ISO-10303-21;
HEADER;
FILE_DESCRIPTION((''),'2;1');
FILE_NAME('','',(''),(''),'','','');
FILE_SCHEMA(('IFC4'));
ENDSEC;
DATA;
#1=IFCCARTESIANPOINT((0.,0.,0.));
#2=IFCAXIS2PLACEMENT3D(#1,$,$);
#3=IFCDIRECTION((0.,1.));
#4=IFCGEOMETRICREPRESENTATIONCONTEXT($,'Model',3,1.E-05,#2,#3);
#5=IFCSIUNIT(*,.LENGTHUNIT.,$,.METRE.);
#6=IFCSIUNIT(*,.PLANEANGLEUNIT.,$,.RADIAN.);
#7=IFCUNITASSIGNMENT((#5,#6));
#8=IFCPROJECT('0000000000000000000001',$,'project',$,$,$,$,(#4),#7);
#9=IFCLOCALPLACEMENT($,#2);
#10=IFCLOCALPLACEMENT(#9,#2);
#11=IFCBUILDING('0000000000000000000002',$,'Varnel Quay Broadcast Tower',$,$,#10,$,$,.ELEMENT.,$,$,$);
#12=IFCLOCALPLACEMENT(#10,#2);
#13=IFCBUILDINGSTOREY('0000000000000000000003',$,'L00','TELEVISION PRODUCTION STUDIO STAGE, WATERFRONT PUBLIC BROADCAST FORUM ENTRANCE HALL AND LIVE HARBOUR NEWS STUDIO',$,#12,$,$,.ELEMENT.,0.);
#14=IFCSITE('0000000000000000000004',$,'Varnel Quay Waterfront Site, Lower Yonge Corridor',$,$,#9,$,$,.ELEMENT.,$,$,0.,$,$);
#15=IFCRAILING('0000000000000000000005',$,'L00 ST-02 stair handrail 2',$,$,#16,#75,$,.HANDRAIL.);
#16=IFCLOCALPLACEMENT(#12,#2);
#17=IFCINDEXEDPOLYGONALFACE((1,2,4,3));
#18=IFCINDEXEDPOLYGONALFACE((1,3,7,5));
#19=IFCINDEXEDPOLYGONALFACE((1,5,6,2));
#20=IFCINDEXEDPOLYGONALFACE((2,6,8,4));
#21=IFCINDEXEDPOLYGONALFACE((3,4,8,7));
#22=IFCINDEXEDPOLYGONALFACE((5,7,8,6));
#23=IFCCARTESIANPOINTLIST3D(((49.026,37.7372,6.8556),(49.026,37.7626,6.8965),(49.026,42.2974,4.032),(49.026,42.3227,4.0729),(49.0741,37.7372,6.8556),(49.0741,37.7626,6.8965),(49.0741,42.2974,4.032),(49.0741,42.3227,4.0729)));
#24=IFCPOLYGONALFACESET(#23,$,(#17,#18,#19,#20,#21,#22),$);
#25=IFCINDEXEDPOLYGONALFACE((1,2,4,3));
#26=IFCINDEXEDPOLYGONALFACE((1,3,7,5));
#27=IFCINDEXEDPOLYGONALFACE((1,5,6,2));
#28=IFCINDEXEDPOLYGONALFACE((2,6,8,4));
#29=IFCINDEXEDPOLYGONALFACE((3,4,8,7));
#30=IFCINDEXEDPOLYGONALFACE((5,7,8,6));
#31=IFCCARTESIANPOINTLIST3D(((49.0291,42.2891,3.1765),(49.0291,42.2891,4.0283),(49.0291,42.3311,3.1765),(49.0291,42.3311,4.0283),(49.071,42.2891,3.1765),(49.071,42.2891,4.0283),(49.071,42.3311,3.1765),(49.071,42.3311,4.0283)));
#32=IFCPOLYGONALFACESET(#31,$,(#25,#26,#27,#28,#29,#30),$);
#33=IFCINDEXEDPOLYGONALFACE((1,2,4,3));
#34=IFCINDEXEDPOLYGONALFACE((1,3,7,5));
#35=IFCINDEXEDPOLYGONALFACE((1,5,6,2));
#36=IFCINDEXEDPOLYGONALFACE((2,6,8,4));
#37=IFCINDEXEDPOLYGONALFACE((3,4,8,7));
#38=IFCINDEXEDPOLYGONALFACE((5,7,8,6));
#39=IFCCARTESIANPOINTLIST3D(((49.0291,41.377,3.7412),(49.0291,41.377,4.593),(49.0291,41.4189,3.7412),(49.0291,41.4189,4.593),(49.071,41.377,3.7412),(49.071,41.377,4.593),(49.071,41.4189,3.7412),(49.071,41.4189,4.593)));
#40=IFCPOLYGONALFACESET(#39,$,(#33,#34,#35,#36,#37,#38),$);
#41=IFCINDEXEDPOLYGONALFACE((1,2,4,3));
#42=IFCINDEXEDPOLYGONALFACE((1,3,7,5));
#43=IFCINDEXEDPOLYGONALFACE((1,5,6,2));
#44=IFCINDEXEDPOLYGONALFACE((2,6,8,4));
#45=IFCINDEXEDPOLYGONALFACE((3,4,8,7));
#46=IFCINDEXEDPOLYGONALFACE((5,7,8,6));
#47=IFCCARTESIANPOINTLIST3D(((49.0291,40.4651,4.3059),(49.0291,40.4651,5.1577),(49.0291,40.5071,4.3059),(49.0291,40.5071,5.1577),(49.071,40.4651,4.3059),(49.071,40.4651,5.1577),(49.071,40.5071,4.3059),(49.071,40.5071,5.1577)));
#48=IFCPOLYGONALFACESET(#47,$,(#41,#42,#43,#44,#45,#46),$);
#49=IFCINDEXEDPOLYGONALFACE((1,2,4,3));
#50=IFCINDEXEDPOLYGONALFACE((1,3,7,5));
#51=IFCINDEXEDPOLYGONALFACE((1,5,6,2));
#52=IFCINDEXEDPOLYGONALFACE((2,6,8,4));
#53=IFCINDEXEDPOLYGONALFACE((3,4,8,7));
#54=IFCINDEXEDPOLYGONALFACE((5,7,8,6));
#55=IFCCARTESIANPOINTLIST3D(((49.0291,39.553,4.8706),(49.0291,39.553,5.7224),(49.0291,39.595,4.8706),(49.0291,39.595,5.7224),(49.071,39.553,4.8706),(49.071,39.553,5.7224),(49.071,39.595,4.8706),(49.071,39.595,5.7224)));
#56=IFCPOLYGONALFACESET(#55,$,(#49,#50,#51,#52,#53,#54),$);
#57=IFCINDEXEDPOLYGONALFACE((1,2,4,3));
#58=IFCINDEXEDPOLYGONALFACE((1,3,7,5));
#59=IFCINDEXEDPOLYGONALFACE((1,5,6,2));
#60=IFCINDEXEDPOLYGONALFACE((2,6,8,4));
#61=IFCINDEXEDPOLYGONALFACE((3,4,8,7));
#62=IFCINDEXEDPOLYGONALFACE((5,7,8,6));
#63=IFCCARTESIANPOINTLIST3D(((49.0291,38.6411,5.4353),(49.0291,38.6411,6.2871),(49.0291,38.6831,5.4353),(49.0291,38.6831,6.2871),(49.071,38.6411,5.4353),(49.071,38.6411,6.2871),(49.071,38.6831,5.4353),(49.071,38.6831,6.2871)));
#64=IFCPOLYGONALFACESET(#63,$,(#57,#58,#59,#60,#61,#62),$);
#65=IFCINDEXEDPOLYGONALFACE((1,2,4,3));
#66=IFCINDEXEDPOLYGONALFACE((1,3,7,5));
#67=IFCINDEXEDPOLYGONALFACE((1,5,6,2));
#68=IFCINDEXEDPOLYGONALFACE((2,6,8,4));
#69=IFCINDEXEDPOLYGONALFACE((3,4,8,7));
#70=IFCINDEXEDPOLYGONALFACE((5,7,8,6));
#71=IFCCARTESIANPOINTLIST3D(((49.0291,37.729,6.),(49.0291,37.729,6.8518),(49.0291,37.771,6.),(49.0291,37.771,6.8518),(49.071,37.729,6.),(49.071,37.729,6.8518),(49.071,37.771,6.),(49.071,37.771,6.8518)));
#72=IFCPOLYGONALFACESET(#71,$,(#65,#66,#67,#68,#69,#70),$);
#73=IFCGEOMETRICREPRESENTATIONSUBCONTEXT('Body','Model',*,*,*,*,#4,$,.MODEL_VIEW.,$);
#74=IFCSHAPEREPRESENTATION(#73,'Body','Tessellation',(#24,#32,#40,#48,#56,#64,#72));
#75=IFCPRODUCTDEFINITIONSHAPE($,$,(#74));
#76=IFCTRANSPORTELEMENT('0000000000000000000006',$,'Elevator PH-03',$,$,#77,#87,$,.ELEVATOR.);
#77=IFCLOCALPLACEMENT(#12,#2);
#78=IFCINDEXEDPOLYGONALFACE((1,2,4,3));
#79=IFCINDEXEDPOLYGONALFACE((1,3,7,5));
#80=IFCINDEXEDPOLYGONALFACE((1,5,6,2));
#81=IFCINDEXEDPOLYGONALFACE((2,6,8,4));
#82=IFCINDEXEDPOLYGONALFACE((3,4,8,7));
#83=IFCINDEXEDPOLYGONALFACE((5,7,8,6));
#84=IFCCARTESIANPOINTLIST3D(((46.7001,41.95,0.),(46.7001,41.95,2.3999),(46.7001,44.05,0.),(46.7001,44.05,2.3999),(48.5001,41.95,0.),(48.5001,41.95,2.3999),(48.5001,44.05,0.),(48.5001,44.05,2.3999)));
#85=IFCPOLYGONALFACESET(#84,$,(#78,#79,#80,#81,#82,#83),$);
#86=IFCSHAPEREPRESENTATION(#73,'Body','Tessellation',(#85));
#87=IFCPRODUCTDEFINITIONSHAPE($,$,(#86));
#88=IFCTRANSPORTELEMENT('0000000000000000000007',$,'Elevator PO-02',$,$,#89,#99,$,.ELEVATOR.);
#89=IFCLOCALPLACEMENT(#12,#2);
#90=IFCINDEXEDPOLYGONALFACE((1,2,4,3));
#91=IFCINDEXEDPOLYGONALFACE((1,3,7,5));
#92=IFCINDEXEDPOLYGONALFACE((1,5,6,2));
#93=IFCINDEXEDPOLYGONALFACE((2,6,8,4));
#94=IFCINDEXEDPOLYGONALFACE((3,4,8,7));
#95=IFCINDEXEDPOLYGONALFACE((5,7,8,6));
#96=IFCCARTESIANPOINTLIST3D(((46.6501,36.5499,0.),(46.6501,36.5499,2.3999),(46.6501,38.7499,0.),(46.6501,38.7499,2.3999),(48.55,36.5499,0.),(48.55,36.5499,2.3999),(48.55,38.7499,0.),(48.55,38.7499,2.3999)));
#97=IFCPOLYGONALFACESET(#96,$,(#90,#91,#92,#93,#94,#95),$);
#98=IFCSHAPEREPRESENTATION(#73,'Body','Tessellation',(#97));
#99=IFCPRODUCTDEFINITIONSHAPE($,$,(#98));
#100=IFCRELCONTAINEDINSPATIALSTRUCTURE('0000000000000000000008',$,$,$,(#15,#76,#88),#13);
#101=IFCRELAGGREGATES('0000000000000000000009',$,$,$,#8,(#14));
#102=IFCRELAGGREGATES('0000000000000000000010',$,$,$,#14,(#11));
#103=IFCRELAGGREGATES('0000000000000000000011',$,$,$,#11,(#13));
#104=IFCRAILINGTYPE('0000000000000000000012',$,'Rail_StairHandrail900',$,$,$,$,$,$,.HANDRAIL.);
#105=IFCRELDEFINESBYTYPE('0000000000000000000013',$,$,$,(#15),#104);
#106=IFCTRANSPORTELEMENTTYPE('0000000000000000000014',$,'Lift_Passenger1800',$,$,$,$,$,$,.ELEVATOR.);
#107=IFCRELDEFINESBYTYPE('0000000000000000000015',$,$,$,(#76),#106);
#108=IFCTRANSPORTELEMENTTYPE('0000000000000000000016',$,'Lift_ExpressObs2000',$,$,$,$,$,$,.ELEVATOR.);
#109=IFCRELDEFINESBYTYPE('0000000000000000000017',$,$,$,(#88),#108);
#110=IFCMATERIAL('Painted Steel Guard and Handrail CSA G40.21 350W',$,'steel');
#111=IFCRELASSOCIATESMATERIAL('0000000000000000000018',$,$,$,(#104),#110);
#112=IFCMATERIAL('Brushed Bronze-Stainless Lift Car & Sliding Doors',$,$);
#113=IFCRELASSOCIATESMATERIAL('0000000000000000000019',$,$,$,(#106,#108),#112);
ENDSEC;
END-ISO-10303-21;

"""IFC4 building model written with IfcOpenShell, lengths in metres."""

from ifc_helpers import new_model, si_unit, direction, frame, origin, origin_2d, place, context, subcontext, project, spatial, rectangle, extrude, source, transform, mapped, material, type_object, type_shapes, element, save


model = new_model("IFC4")

# Units and contexts
model_context = context("Model", 3, precision=1e-05, world=origin(), true_north=direction((0.0, 1.0)))
body_context = subcontext(model_context, "Body", "Model", "MODEL_VIEW")
ifc_project = project(units=[si_unit("LENGTHUNIT", "METRE"), si_unit("PLANEANGLEUNIT", "RADIAN")], contexts=[model_context])

# Site, building, storey
site_placement = place(None, origin())
site = spatial("IfcSite", under=ifc_project, at=site_placement, Name="Varnel Quay Waterfront Site, Lower Yonge Corridor", CompositionType="ELEMENT", RefElevation=0.0)
building_placement = place(site_placement, origin())
building = spatial("IfcBuilding", under=site, at=building_placement, Name="Varnel Quay Broadcast Tower", CompositionType="ELEMENT")
storey_placement = place(building_placement, origin())
storey = spatial("IfcBuildingStorey", under=building, at=storey_placement, Name="L00", Description="TELEVISION PRODUCTION STUDIO STAGE, WATERFRONT PUBLIC BROADCAST FORUM ENTRANCE HALL AND LIVE HARBOUR NEWS STUDIO", CompositionType="ELEMENT", Elevation=0.0)

# Railing
ifc_material_1 = material(Name="Painted Steel Guard and Handrail CSA G40.21 350W", Category="steel")
railing_type_1 = type_object("IfcRailingType", Name="Rail_StairHandrail900", PredefinedType="HANDRAIL", material=ifc_material_1)
railing_1_placement = place(storey_placement, frame((49.05, 42.3101, 3.1765)))
element("IfcRailing", 1, at=railing_1_placement, inside=storey, type_object=railing_type_1, Name="L00 ST-02 stair handrail 2", PredefinedType="HANDRAIL", context=body_context, shape_type="SweptSolid", body=[
    extrude(rectangle(XDim=0.0481, YDim=0.0481, at=origin_2d()), frame((0.0, 0.0, 0.876), z_axis=(0.0, -0.850216, 0.526435), x_axis=(1.0, 0.0, 0.0)), (0.0, 0.0, 1.0), 5.3635),
    extrude(rectangle(XDim=0.042, YDim=0.042, at=origin_2d()), origin(), (0.0, 0.0, 1.0), 0.8518),
    extrude(rectangle(XDim=0.042, YDim=0.042, at=origin_2d()), frame((0.0, -0.9121, 0.5647)), (0.0, 0.0, 1.0), 0.8518),
    extrude(rectangle(XDim=0.042, YDim=0.042, at=origin_2d()), frame((0.0, -1.824, 1.1294)), (0.0, 0.0, 1.0), 0.8518),
    extrude(rectangle(XDim=0.042, YDim=0.042, at=origin_2d()), frame((0.0, -2.7361, 1.6941)), (0.0, 0.0, 1.0), 0.8518),
    extrude(rectangle(XDim=0.042, YDim=0.042, at=origin_2d()), frame((0.0, -3.6479, 2.2588)), (0.0, 0.0, 1.0), 0.8518),
    extrude(rectangle(XDim=0.042, YDim=0.042, at=origin_2d()), frame((0.0, -4.5601, 2.8235)), (0.0, 0.0, 1.0), 0.8518),
])

# Transport elements
ifc_material_2 = material(Name="Brushed Bronze-Stainless Lift Car & Sliding Doors")
transport_element_type_1 = type_object("IfcTransportElementType", Name="Lift_Passenger1800", PredefinedType="ELEVATOR", material=ifc_material_2)
shared_shape_1 = source(origin(), body_context, "Body", "SweptSolid", [
    extrude(rectangle(XDim=1.8, YDim=2.1001, at=origin_2d()), origin(), (0.0, 0.0, 1.0), 2.3999),
])
type_shapes(transport_element_type_1, [shared_shape_1])
transport_element_1_placement = place(storey_placement, frame((47.6001, 43.0, 0.0), z_axis=(0.0, 0.0, 1.0), x_axis=(1.0, 0.0, 0.0)))
element("IfcTransportElement", 2, at=transport_element_1_placement, inside=storey, type_object=transport_element_type_1, Name="Elevator PH-03", PredefinedType="ELEVATOR", context=body_context, shape_type="MappedRepresentation", body=[
    mapped(shared_shape_1, transform((0.0, 0.0, 0.0), x_axis=(1.0, 0.0, 0.0), y_axis=(0.0, 1.0, 0.0), z_axis=(0.0, 0.0, 1.0), scale=1.0)),
])
transport_element_type_2 = type_object("IfcTransportElementType", Name="Lift_ExpressObs2000", PredefinedType="ELEVATOR", material=ifc_material_2)
shared_shape_2 = source(origin(), body_context, "Body", "SweptSolid", [
    extrude(rectangle(XDim=1.8999, YDim=2.2, at=origin_2d()), origin(), (0.0, 0.0, 1.0), 2.3999),
])
type_shapes(transport_element_type_2, [shared_shape_2])
transport_element_2_placement = place(storey_placement, frame((47.6001, 37.6499, 0.0), z_axis=(0.0, 0.0, 1.0), x_axis=(1.0, 0.0, 0.0)))
element("IfcTransportElement", 3, at=transport_element_2_placement, inside=storey, type_object=transport_element_type_2, Name="Elevator PO-02", PredefinedType="ELEVATOR", context=body_context, shape_type="MappedRepresentation", body=[
    mapped(shared_shape_2, transform((0.0, 0.0, 0.0), x_axis=(1.0, 0.0, 0.0), y_axis=(0.0, 1.0, 0.0), z_axis=(0.0, 0.0, 1.0), scale=1.0)),
])

save(model, "model.ifc")
